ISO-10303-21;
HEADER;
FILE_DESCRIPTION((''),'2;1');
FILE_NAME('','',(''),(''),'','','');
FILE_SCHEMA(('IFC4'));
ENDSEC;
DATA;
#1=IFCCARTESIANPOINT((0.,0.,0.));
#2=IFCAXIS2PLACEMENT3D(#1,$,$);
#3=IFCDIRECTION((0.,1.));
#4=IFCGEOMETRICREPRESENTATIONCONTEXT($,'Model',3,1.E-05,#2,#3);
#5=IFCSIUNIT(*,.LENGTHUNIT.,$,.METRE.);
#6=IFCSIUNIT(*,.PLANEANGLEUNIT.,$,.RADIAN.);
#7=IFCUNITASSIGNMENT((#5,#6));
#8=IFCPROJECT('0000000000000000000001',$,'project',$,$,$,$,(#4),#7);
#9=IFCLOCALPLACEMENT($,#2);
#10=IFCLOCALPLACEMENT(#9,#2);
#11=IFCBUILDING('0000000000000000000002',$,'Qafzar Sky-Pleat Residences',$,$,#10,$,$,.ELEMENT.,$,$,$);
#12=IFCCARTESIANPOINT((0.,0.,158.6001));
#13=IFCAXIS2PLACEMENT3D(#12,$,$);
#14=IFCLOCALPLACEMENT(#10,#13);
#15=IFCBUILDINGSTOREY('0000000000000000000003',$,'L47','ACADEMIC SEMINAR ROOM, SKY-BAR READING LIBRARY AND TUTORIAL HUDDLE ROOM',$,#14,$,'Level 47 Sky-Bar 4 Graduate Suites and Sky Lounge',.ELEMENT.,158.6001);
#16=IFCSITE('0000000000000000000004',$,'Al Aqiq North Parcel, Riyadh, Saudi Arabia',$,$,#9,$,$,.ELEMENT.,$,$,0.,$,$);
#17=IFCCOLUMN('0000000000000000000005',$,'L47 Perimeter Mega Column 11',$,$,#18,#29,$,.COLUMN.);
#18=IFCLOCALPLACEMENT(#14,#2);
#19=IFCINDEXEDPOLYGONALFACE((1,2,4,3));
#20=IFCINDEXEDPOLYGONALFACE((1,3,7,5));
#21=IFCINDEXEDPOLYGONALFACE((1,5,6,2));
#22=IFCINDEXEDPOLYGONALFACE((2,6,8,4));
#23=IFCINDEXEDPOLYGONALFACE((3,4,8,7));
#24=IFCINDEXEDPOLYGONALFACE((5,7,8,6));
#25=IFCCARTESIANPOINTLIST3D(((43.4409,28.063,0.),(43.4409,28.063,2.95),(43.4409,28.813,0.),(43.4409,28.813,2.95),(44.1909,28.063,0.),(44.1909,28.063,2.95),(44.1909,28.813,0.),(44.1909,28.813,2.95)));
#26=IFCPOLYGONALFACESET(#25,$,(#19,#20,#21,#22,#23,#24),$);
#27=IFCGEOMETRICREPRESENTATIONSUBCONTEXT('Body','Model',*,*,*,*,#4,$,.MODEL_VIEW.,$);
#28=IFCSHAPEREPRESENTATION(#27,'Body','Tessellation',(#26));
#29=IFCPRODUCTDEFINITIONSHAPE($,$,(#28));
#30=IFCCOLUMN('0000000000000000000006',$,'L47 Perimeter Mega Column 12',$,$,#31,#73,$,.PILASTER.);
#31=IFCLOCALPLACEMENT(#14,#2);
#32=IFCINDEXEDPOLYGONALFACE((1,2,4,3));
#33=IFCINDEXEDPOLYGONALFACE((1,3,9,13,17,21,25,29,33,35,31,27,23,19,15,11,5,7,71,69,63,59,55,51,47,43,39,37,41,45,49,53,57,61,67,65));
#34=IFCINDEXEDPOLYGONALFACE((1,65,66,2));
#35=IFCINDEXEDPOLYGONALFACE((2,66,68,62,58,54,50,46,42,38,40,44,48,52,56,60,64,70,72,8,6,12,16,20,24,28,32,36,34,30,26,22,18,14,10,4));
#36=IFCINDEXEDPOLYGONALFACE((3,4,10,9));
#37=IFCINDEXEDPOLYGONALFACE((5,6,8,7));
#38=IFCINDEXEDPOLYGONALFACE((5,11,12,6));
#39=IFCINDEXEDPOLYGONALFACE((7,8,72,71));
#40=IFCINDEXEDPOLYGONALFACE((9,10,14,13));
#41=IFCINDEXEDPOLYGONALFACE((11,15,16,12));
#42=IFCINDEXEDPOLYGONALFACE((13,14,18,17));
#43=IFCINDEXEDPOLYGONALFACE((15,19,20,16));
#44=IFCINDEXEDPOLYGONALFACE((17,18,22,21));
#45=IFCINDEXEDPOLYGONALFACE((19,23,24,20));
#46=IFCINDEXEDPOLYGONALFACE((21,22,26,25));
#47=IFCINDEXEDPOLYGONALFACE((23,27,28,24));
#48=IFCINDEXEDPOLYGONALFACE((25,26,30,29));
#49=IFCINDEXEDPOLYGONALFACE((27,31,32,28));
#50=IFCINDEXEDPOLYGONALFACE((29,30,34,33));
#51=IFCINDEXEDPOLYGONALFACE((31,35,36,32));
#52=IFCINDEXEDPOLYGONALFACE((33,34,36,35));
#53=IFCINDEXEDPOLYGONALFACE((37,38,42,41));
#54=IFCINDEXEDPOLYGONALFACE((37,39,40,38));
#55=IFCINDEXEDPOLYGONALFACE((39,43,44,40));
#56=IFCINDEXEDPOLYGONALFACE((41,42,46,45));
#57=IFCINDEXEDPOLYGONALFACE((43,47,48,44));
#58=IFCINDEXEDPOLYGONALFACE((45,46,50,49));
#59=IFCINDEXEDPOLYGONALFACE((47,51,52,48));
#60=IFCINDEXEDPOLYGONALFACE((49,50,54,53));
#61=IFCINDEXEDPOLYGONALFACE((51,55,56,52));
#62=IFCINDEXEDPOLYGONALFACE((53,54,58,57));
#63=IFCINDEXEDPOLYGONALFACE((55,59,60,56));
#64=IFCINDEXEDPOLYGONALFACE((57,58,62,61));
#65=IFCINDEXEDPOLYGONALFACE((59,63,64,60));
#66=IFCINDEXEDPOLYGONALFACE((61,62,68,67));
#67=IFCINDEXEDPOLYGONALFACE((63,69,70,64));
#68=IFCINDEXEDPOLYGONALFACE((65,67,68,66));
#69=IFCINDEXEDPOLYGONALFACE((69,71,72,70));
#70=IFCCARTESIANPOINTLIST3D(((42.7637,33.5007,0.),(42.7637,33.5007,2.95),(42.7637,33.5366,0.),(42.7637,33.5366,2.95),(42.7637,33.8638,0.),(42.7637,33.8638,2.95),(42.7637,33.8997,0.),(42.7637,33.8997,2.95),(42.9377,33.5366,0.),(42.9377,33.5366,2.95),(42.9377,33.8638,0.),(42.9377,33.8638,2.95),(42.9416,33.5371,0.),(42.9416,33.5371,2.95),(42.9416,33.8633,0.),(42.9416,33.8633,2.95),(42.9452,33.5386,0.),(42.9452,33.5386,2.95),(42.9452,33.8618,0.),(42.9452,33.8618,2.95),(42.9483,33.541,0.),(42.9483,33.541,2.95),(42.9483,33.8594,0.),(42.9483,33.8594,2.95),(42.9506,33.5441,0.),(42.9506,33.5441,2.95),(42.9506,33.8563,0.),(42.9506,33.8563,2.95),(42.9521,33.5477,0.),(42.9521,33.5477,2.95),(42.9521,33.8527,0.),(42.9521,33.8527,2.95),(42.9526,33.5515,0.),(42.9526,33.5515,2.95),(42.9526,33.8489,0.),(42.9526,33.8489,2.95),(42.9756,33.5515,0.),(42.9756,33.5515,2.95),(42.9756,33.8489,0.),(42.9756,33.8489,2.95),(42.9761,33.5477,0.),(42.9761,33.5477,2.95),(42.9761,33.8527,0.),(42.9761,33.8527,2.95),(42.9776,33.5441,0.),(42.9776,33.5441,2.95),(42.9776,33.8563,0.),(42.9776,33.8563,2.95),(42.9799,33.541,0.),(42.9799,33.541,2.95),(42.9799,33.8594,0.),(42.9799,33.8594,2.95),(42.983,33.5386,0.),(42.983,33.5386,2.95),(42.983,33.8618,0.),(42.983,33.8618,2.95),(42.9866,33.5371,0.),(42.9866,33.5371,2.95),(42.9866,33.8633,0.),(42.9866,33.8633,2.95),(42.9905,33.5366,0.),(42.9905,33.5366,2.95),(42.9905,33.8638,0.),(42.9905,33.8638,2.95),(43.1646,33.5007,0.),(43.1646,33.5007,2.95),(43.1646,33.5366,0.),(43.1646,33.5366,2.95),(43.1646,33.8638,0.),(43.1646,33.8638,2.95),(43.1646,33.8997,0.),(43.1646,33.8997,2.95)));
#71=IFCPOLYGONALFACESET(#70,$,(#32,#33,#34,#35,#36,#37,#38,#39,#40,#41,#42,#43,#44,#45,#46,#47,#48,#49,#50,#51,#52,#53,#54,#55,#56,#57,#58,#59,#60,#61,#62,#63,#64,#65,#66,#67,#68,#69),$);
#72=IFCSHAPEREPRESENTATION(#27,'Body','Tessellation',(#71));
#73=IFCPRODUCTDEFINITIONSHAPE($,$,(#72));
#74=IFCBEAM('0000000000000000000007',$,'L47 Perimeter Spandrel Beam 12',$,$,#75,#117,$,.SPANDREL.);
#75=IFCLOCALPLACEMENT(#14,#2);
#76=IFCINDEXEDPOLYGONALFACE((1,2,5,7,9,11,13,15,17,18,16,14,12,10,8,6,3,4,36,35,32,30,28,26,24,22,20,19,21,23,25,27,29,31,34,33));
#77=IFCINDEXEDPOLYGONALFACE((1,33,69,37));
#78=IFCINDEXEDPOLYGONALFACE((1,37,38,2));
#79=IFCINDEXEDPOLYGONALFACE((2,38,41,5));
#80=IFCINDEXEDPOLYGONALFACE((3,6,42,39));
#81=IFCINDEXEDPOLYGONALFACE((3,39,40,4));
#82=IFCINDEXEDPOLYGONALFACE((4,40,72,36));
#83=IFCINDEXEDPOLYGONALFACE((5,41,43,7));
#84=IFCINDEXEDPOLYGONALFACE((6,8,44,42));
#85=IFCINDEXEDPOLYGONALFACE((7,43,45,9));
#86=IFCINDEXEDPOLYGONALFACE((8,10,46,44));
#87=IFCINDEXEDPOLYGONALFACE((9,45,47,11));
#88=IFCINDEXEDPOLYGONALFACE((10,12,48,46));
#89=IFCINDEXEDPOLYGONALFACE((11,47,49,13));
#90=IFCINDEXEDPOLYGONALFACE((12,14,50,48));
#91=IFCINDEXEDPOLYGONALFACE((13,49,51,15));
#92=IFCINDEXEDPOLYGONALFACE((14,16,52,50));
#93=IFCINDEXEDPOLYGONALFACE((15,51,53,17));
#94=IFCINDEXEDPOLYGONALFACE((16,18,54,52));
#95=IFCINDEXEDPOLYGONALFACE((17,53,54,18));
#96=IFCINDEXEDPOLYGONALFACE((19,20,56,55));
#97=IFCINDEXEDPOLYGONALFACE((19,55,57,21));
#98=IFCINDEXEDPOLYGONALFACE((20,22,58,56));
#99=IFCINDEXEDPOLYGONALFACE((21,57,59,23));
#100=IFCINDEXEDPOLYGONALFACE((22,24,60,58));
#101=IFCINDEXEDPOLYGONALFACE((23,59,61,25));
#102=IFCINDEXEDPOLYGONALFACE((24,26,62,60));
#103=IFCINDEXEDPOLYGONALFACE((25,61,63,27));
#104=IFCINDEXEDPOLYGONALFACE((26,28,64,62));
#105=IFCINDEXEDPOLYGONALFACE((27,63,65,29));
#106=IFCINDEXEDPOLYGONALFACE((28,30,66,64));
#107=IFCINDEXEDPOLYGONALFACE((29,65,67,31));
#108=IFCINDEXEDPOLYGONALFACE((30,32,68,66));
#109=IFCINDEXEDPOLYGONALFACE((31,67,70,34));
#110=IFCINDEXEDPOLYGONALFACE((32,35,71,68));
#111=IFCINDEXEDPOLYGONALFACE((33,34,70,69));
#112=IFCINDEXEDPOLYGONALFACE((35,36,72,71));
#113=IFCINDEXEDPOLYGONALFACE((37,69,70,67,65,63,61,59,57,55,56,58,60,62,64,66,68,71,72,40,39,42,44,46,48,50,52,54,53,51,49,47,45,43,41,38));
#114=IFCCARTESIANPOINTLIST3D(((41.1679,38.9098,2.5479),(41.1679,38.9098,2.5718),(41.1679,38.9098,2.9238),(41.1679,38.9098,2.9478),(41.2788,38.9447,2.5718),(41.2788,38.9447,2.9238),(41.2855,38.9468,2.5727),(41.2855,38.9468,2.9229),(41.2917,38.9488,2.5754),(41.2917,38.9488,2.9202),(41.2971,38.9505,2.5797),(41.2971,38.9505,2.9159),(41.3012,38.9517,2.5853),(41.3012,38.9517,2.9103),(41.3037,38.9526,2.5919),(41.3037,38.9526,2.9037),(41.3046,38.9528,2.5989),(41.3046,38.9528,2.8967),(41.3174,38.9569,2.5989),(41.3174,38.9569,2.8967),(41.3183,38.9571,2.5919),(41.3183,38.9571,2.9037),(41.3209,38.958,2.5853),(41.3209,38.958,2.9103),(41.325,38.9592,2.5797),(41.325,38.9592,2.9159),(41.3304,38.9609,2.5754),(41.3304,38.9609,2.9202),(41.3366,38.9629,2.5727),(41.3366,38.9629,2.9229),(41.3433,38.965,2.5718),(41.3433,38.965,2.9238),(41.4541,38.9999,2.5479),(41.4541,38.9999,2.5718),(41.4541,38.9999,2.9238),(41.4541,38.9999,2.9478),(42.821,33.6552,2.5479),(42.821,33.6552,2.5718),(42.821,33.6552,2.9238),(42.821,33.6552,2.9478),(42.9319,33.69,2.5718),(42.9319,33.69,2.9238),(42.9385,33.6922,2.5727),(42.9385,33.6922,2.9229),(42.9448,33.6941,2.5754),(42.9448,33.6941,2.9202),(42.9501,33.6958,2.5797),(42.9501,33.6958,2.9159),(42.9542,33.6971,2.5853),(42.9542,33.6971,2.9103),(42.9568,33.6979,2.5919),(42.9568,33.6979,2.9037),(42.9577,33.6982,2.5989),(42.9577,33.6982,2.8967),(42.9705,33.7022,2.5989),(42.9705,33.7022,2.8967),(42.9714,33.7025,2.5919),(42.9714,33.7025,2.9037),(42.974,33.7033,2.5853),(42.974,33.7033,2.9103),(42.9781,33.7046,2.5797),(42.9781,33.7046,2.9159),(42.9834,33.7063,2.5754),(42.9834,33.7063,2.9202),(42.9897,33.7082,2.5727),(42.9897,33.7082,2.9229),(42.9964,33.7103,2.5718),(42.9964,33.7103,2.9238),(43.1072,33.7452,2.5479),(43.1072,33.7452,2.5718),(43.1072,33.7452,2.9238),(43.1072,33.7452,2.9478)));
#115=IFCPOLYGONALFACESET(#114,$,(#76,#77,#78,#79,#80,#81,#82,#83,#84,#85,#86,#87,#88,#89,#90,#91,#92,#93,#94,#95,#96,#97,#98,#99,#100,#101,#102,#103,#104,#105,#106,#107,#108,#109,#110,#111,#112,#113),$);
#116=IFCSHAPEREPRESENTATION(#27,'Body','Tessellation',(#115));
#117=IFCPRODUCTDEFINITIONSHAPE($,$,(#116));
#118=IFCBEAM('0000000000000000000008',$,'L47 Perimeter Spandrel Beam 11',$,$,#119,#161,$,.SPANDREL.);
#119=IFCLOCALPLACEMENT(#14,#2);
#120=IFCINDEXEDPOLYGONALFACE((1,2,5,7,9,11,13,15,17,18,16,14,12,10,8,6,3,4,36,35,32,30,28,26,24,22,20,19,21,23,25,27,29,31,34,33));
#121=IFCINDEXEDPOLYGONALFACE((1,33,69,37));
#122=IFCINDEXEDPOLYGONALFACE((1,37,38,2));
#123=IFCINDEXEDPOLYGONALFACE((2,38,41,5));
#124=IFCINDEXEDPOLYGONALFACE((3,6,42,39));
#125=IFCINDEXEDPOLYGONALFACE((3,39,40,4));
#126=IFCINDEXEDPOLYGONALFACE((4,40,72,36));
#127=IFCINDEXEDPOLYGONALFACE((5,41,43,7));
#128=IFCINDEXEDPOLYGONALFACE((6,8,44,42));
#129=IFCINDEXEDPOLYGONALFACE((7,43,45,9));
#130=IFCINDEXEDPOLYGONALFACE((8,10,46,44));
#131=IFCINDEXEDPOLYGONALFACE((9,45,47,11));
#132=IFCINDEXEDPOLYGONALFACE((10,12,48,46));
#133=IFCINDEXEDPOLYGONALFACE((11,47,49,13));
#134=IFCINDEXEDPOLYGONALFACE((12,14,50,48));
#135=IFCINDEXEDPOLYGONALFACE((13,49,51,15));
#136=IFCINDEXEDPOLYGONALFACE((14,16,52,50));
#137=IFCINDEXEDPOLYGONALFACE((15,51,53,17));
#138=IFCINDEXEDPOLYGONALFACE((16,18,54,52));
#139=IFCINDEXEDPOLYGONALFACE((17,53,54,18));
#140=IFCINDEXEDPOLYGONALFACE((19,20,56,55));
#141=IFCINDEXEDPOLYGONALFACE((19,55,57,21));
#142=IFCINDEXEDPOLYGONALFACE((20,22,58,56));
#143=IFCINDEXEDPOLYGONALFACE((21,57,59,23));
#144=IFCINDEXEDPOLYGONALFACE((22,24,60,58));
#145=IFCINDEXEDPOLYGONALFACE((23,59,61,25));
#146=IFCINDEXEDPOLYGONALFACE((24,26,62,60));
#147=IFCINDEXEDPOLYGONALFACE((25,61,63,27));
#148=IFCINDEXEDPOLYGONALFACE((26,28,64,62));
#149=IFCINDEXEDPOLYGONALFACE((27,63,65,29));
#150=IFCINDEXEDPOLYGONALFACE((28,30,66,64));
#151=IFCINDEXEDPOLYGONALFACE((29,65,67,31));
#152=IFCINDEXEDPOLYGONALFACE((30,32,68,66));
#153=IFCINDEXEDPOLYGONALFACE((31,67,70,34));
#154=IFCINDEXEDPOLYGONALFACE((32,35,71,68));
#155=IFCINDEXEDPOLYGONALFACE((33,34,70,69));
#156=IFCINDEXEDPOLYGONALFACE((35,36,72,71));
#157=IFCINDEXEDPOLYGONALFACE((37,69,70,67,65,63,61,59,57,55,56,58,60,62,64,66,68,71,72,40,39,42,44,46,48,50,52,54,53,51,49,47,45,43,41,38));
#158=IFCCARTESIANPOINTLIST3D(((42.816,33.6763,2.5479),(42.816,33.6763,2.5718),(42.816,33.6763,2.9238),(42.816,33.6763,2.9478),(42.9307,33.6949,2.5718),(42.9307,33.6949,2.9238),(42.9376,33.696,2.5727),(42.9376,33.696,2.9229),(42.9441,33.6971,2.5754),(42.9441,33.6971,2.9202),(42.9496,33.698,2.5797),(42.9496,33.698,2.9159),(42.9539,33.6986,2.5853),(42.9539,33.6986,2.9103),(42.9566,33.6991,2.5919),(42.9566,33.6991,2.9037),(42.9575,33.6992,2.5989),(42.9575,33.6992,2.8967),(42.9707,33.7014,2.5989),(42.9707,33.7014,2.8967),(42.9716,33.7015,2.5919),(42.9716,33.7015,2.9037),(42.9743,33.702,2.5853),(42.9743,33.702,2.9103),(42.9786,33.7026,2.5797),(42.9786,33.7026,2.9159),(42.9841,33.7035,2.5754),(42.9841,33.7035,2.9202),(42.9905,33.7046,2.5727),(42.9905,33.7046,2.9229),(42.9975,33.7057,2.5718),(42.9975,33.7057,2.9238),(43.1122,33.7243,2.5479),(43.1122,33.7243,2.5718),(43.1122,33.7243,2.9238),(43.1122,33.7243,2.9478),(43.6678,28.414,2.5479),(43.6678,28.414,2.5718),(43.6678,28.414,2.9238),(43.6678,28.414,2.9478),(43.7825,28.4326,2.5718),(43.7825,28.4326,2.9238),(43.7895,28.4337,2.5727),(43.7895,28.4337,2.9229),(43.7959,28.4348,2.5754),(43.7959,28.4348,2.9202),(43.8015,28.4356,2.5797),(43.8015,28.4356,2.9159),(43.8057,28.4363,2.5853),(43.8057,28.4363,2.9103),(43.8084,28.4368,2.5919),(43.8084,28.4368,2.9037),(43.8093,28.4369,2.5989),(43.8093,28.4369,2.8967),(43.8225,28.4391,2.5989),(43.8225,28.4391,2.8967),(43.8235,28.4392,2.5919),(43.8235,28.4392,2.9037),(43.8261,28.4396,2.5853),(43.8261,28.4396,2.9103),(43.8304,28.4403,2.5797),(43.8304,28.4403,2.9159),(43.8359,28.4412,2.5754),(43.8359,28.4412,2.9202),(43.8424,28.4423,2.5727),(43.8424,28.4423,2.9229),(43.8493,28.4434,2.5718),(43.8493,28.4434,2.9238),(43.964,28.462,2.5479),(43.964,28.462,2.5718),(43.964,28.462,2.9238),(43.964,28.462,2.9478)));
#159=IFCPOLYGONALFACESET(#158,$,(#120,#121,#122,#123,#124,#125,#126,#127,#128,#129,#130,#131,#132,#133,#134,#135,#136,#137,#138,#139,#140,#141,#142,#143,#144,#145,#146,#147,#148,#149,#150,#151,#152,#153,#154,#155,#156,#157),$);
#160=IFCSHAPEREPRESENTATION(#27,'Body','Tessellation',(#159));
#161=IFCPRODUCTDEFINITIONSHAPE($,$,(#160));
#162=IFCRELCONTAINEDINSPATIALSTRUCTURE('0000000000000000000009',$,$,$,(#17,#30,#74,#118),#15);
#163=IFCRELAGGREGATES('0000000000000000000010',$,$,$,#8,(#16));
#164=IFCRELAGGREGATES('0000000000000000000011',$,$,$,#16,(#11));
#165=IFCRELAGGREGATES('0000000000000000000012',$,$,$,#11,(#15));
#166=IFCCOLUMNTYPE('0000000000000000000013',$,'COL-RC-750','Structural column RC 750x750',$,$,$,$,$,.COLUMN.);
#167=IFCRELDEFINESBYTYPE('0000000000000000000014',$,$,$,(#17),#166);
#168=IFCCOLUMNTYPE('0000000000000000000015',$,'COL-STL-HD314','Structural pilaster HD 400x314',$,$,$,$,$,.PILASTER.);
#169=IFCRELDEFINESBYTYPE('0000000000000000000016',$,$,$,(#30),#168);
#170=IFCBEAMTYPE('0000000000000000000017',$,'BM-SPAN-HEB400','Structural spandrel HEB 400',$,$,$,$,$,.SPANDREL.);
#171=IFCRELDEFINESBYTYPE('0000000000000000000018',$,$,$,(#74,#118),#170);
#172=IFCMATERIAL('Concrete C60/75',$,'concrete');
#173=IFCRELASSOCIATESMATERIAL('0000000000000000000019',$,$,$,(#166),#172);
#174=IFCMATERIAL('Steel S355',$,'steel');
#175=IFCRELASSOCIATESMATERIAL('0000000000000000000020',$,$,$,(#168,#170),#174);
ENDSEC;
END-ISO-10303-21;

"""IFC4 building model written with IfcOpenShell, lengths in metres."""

from ifc_helpers import new_model, si_unit, direction, frame, origin, origin_2d, place, context, subcontext, project, spatial, rectangle, i_section, extrude, source, transform, mapped, material, material_profile, profile_set, type_object, element, save


model = new_model("IFC4")

# Units and contexts
model_context = context("Model", 3, precision=1e-05, world=origin(), true_north=direction((0.0, 1.0)))
body_context = subcontext(model_context, "Body", "Model", "MODEL_VIEW")
ifc_project = project(units=[si_unit("LENGTHUNIT", "METRE"), si_unit("PLANEANGLEUNIT", "RADIAN")], contexts=[model_context])

# Site, building, storey
site_placement = place(None, origin())
site = spatial("IfcSite", under=ifc_project, at=site_placement, Name="Al Aqiq North Parcel, Riyadh, Saudi Arabia", CompositionType="ELEMENT", RefElevation=0.0)
building_placement = place(site_placement, origin())
building = spatial("IfcBuilding", under=site, at=building_placement, Name="Qafzar Sky-Pleat Residences", CompositionType="ELEMENT")
storey_placement = place(building_placement, frame((0.0, 0.0, 158.6001)))
storey = spatial("IfcBuildingStorey", under=building, at=storey_placement, Name="L47", Description="ACADEMIC SEMINAR ROOM, SKY-BAR READING LIBRARY AND TUTORIAL HUDDLE ROOM", LongName="Level 47 Sky-Bar 4 Graduate Suites and Sky Lounge", CompositionType="ELEMENT", Elevation=158.6001)

# Columns
ifc_material_1 = material(Name="Concrete C60/75", Category="concrete")
ifc_material_profile_1 = material_profile(ifc_material_1, rectangle(XDim=0.75, YDim=0.75, at=origin_2d()), Name="RC 750x750")
ifc_profile_set_1 = profile_set([ifc_material_profile_1], Name="Concrete C60/75")
column_type_1 = type_object("IfcColumnType", Name="COL-RC-750", Description="Structural column RC 750x750", PredefinedType="COLUMN", material=ifc_profile_set_1)
shared_shape_1 = source(origin(), body_context, "Body", "SweptSolid", [
    extrude(rectangle(XDim=0.75, YDim=0.75, at=origin_2d()), origin(), (0.0, 0.0, 1.0), 2.95),
])
column_1_placement = place(storey_placement, frame((43.8159, 28.438, 0.0), z_axis=(0.0, 0.0, 1.0), x_axis=(1.0, 0.0, 0.0)))
element("IfcColumn", 1, at=column_1_placement, inside=storey, type_object=column_type_1, Name="L47 Perimeter Mega Column 11", PredefinedType="COLUMN", context=body_context, shape_type="MappedRepresentation", body=[
    mapped(shared_shape_1, transform((0.0, 0.0, 0.0), x_axis=(1.0, 0.0, 0.0), y_axis=(0.0, 1.0, 0.0), z_axis=(0.0, 0.0, 1.0), scale=1.0)),
])
ifc_material_2 = material(Name="Steel S355", Category="steel")
ifc_material_profile_2 = material_profile(ifc_material_2, i_section(OverallWidth=0.4009, OverallDepth=0.3989, WebThickness=0.0229, FlangeThickness=0.0359, FilletRadius=0.0149, at=origin_2d()), Name="HD 400x314")
ifc_profile_set_2 = profile_set([ifc_material_profile_2], Name="Steel S355")
column_type_2 = type_object("IfcColumnType", Name="COL-STL-HD314", Description="Structural pilaster HD 400x314", PredefinedType="PILASTER", material=ifc_profile_set_2)
shared_shape_2 = source(origin(), body_context, "Body", "SweptSolid", [
    extrude(i_section(OverallWidth=0.4009, OverallDepth=0.3989, WebThickness=0.0229, FlangeThickness=0.0359, FilletRadius=0.0149, at=origin_2d()), origin(), (0.0, 0.0, 1.0), 2.95),
])
column_2_placement = place(storey_placement, frame((42.9641, 33.7002, 0.0), z_axis=(0.0, 0.0, 1.0), x_axis=(1.0, 0.0, 0.0)))
element("IfcColumn", 2, at=column_2_placement, inside=storey, type_object=column_type_2, Name="L47 Perimeter Mega Column 12", PredefinedType="PILASTER", context=body_context, shape_type="MappedRepresentation", body=[
    mapped(shared_shape_2, transform((0.0, 0.0, 0.0), x_axis=(1.0, 0.0, 0.0), y_axis=(0.0, 1.0, 0.0), z_axis=(0.0, 0.0, 1.0), scale=1.0)),
])

# Beams
ifc_material_profile_3 = material_profile(ifc_material_2, i_section(OverallWidth=0.3, OverallDepth=0.3999, WebThickness=0.0134, FlangeThickness=0.0239, FilletRadius=0.0271, at=origin_2d()), Name="HEB 400")
ifc_profile_set_3 = profile_set([ifc_material_profile_3], Name="Steel S355")
beam_type_1 = type_object("IfcBeamType", Name="BM-SPAN-HEB400", Description="Structural spandrel HEB 400", PredefinedType="SPANDREL", material=ifc_profile_set_3)
shared_shape_3 = source(origin(), body_context, "Body", "SweptSolid", [
    extrude(i_section(OverallWidth=0.3, OverallDepth=0.3999, WebThickness=0.0134, FlangeThickness=0.0239, FilletRadius=0.0271, at=origin_2d()), origin(), (0.0, 0.0, 1.0), 5.5085),
])
beam_1_placement = place(storey_placement, frame((42.9641, 33.7002, 2.7478), z_axis=(-0.300094, 0.95391, 0.0), x_axis=(-0.95391, -0.300094, 0.0)))
element("IfcBeam", 3, at=beam_1_placement, inside=storey, type_object=beam_type_1, Name="L47 Perimeter Spandrel Beam 12", PredefinedType="SPANDREL", context=body_context, shape_type="MappedRepresentation", body=[
    mapped(shared_shape_3, transform((0.0, 0.0, 0.0), x_axis=(1.0, 0.0, 0.0), y_axis=(0.0, 1.0, 0.0), z_axis=(0.0, 0.0, 1.0), scale=1.0)),
])
shared_shape_4 = source(origin(), body_context, "Body", "SweptSolid", [
    extrude(i_section(OverallWidth=0.3, OverallDepth=0.3999, WebThickness=0.0134, FlangeThickness=0.0239, FilletRadius=0.0271, at=origin_2d()), origin(), (0.0, 0.0, 1.0), 5.3308),
])
beam_2_placement = place(storey_placement, frame((43.8159, 28.438, 2.7478), z_axis=(-0.159793, 0.987151, 0.0), x_axis=(-0.987151, -0.159793, 0.0)))
element("IfcBeam", 4, at=beam_2_placement, inside=storey, type_object=beam_type_1, Name="L47 Perimeter Spandrel Beam 11", PredefinedType="SPANDREL", context=body_context, shape_type="MappedRepresentation", body=[
    mapped(shared_shape_4, transform((0.0, 0.0, 0.0), x_axis=(1.0, 0.0, 0.0), y_axis=(0.0, 1.0, 0.0), z_axis=(0.0, 0.0, 1.0), scale=1.0)),
])

save(model, "model.ifc")
